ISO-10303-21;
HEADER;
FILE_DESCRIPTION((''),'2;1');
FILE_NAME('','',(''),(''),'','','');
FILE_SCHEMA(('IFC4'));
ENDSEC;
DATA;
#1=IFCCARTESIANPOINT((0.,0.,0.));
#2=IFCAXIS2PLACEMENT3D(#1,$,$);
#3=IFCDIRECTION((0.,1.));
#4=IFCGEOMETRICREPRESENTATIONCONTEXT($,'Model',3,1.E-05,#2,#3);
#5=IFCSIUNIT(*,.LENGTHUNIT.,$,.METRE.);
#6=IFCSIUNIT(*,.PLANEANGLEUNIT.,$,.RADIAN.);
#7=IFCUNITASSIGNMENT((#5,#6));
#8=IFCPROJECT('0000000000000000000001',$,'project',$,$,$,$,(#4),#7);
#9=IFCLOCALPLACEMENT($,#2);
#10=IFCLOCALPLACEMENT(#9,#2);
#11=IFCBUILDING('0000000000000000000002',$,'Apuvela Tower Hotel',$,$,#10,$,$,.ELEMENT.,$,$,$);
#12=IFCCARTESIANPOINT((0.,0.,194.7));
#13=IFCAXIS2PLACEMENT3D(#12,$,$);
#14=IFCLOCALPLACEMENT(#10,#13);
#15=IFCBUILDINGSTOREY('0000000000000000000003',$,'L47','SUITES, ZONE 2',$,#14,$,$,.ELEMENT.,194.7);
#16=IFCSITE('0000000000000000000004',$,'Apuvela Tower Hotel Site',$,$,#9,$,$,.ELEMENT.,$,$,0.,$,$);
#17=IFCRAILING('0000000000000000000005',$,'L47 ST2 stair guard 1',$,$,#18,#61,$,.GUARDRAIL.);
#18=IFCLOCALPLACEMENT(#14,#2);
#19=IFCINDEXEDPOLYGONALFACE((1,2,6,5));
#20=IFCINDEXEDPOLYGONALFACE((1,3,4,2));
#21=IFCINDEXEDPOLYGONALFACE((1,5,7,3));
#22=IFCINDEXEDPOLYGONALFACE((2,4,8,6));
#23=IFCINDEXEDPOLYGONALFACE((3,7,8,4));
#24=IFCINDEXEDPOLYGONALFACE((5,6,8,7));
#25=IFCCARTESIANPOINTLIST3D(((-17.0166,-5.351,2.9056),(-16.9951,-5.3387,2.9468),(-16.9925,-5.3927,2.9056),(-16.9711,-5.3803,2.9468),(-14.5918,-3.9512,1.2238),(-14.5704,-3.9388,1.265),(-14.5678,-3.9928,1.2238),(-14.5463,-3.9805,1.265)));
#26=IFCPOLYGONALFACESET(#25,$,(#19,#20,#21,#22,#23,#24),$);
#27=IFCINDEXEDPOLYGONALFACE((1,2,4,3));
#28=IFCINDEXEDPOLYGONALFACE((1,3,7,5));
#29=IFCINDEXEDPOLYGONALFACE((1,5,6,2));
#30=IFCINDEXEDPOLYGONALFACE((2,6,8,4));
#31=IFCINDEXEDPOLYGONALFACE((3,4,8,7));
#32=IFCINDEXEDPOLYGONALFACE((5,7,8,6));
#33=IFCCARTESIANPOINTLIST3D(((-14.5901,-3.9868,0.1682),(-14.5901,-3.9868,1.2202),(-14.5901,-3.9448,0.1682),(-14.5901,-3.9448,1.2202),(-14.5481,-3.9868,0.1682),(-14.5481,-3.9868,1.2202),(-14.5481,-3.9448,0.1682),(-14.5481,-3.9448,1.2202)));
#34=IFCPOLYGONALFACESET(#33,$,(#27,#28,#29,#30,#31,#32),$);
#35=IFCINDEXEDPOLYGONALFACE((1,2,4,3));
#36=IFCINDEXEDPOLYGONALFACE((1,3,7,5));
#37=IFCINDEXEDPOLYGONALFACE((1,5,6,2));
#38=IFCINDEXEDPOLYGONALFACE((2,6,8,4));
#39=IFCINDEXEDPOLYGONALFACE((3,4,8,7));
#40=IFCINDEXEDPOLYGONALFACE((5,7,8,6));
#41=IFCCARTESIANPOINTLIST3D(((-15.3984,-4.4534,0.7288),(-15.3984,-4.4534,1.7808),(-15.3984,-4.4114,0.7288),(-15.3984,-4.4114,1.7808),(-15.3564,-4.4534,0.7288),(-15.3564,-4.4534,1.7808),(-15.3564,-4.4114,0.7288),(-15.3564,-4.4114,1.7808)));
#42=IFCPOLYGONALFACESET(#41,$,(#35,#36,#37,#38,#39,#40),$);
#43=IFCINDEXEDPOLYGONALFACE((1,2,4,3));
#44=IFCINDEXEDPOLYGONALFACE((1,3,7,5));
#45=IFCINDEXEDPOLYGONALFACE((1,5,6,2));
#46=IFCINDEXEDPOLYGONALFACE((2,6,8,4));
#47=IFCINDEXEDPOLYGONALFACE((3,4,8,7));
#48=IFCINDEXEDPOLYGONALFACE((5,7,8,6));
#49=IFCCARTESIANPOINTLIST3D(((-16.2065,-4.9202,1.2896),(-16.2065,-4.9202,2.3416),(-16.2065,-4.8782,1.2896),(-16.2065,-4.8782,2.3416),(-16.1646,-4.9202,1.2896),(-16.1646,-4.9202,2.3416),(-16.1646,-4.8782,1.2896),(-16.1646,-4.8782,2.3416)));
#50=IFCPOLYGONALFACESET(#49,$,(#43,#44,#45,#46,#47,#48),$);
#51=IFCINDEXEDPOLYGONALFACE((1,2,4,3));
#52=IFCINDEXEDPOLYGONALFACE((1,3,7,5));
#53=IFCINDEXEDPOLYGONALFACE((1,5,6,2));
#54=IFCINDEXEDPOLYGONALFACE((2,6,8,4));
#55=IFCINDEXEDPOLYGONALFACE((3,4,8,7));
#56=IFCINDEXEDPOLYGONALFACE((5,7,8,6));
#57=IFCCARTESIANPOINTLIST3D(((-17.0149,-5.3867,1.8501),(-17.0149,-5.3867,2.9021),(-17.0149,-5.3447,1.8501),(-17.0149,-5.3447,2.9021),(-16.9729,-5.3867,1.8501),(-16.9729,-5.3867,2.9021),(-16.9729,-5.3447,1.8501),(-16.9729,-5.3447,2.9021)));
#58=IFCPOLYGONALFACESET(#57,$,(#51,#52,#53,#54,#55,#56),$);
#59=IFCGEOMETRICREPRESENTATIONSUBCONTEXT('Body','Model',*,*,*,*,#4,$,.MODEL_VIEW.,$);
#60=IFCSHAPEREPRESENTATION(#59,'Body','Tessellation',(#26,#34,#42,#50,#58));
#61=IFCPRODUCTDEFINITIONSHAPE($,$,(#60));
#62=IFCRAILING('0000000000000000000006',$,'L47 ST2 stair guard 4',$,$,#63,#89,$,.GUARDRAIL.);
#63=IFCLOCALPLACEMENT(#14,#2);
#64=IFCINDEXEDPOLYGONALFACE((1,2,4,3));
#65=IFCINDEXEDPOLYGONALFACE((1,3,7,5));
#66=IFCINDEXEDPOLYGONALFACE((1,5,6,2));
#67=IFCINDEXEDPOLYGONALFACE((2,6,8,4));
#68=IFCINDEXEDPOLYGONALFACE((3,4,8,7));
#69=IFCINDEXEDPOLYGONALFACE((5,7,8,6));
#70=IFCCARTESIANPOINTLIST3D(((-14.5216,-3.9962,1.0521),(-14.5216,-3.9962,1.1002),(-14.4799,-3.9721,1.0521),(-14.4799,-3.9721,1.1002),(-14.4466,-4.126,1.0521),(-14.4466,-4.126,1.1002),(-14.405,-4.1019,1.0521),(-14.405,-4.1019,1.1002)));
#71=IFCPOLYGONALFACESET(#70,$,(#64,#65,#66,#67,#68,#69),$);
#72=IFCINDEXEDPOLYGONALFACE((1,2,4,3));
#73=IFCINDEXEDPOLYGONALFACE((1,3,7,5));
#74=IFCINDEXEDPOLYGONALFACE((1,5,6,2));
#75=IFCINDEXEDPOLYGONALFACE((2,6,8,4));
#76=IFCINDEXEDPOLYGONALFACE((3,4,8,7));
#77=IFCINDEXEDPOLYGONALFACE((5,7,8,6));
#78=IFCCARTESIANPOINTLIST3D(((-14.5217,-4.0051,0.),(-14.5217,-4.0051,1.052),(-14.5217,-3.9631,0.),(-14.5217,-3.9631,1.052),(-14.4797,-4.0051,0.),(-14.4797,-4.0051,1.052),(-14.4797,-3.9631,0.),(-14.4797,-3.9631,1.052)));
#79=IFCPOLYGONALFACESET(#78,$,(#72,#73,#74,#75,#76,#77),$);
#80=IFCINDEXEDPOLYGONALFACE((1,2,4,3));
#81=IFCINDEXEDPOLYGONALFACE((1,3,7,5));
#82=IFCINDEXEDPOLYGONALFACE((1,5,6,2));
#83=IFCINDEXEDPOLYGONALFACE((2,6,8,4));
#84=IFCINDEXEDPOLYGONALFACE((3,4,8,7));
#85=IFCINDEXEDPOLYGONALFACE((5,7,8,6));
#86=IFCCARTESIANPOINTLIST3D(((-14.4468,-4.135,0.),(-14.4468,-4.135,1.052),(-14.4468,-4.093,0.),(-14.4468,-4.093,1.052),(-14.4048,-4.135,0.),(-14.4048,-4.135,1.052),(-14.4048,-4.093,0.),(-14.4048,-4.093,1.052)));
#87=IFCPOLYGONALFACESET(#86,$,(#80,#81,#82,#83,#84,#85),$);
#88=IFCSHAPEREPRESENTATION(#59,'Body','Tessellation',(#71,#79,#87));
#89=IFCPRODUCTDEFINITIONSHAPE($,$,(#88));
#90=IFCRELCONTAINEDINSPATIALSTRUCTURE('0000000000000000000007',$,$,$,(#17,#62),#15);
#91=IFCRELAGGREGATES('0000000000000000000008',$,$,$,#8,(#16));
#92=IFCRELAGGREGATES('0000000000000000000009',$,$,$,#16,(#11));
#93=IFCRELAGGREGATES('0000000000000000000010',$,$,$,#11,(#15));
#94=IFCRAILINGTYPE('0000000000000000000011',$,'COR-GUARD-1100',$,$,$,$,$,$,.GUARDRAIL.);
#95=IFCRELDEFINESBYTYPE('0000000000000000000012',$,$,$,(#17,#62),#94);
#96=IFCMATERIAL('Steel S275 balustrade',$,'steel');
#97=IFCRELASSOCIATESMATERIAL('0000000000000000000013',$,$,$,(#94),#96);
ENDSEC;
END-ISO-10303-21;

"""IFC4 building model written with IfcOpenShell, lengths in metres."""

from ifc_helpers import new_model, si_unit, direction, frame, origin, origin_2d, place, context, subcontext, project, spatial, rectangle, extrude, material, type_object, element, save


model = new_model("IFC4")

# Units and contexts
model_context = context("Model", 3, precision=1e-05, world=origin(), true_north=direction((0.0, 1.0)))
body_context = subcontext(model_context, "Body", "Model", "MODEL_VIEW")
ifc_project = project(units=[si_unit("LENGTHUNIT", "METRE"), si_unit("PLANEANGLEUNIT", "RADIAN")], contexts=[model_context])

# Site, building, storey
site_placement = place(None, origin())
site = spatial("IfcSite", under=ifc_project, at=site_placement, Name="Apuvela Tower Hotel Site", CompositionType="ELEMENT", RefElevation=0.0)
building_placement = place(site_placement, origin())
building = spatial("IfcBuilding", under=site, at=building_placement, Name="Apuvela Tower Hotel", CompositionType="ELEMENT")
storey_placement = place(building_placement, frame((0.0, 0.0, 194.7)))
storey = spatial("IfcBuildingStorey", under=building, at=storey_placement, Name="L47", Description="SUITES, ZONE 2", CompositionType="ELEMENT", Elevation=194.7)

# Railings
ifc_material_1 = material(Name="Steel S275 balustrade", Category="steel")
railing_type = type_object("IfcRailingType", Name="COR-GUARD-1100", PredefinedType="GUARDRAIL", material=ifc_material_1)
railing_1_placement = place(storey_placement, frame((-14.5691, -3.9658, 0.1682)))
element("IfcRailing", 1, at=railing_1_placement, inside=storey, type_object=railing_type, Name="L47 ST2 stair guard 1", PredefinedType="GUARDRAIL", context=body_context, shape_type="SweptSolid", body=[
    extrude(rectangle(XDim=0.0481, YDim=0.0481, at=origin_2d()), frame((0.0, 0.0, 1.0762), z_axis=(-0.74239, -0.428601, 0.514934), x_axis=(0.499984, -0.866035, 0.0)), (0.0, 0.0, 1.0), 3.2661),
    extrude(rectangle(XDim=0.042, YDim=0.042, at=origin_2d()), origin(), (0.0, 0.0, 1.0), 1.052),
    extrude(rectangle(XDim=0.042, YDim=0.042, at=origin_2d()), frame((-0.8083, -0.4666, 0.5605)), (0.0, 0.0, 1.0), 1.052),
    extrude(rectangle(XDim=0.042, YDim=0.042, at=origin_2d()), frame((-1.6165, -0.9333, 1.1213)), (0.0, 0.0, 1.0), 1.052),
    extrude(rectangle(XDim=0.042, YDim=0.042, at=origin_2d()), frame((-2.4248, -1.3999, 1.6819)), (0.0, 0.0, 1.0), 1.052),
])
railing_2_placement = place(storey_placement, frame((-14.5007, -3.9841, 0.0)))
element("IfcRailing", 2, at=railing_2_placement, inside=storey, type_object=railing_type, Name="L47 ST2 stair guard 4", PredefinedType="GUARDRAIL", context=body_context, shape_type="SweptSolid", body=[
    extrude(rectangle(XDim=0.0481, YDim=0.0481, at=origin_2d()), frame((0.0, 0.0, 1.0762), z_axis=(0.499816, -0.866131, 0.0), x_axis=(0.866131, 0.499816, 0.0)), (0.0, 0.0, 1.0), 0.1499),
    extrude(rectangle(XDim=0.042, YDim=0.042, at=origin_2d()), origin(), (0.0, 0.0, 1.0), 1.052),
    extrude(rectangle(XDim=0.042, YDim=0.042, at=origin_2d()), frame((0.075, -0.1299, 0.0)), (0.0, 0.0, 1.0), 1.052),
])

save(model, "model.ifc")
